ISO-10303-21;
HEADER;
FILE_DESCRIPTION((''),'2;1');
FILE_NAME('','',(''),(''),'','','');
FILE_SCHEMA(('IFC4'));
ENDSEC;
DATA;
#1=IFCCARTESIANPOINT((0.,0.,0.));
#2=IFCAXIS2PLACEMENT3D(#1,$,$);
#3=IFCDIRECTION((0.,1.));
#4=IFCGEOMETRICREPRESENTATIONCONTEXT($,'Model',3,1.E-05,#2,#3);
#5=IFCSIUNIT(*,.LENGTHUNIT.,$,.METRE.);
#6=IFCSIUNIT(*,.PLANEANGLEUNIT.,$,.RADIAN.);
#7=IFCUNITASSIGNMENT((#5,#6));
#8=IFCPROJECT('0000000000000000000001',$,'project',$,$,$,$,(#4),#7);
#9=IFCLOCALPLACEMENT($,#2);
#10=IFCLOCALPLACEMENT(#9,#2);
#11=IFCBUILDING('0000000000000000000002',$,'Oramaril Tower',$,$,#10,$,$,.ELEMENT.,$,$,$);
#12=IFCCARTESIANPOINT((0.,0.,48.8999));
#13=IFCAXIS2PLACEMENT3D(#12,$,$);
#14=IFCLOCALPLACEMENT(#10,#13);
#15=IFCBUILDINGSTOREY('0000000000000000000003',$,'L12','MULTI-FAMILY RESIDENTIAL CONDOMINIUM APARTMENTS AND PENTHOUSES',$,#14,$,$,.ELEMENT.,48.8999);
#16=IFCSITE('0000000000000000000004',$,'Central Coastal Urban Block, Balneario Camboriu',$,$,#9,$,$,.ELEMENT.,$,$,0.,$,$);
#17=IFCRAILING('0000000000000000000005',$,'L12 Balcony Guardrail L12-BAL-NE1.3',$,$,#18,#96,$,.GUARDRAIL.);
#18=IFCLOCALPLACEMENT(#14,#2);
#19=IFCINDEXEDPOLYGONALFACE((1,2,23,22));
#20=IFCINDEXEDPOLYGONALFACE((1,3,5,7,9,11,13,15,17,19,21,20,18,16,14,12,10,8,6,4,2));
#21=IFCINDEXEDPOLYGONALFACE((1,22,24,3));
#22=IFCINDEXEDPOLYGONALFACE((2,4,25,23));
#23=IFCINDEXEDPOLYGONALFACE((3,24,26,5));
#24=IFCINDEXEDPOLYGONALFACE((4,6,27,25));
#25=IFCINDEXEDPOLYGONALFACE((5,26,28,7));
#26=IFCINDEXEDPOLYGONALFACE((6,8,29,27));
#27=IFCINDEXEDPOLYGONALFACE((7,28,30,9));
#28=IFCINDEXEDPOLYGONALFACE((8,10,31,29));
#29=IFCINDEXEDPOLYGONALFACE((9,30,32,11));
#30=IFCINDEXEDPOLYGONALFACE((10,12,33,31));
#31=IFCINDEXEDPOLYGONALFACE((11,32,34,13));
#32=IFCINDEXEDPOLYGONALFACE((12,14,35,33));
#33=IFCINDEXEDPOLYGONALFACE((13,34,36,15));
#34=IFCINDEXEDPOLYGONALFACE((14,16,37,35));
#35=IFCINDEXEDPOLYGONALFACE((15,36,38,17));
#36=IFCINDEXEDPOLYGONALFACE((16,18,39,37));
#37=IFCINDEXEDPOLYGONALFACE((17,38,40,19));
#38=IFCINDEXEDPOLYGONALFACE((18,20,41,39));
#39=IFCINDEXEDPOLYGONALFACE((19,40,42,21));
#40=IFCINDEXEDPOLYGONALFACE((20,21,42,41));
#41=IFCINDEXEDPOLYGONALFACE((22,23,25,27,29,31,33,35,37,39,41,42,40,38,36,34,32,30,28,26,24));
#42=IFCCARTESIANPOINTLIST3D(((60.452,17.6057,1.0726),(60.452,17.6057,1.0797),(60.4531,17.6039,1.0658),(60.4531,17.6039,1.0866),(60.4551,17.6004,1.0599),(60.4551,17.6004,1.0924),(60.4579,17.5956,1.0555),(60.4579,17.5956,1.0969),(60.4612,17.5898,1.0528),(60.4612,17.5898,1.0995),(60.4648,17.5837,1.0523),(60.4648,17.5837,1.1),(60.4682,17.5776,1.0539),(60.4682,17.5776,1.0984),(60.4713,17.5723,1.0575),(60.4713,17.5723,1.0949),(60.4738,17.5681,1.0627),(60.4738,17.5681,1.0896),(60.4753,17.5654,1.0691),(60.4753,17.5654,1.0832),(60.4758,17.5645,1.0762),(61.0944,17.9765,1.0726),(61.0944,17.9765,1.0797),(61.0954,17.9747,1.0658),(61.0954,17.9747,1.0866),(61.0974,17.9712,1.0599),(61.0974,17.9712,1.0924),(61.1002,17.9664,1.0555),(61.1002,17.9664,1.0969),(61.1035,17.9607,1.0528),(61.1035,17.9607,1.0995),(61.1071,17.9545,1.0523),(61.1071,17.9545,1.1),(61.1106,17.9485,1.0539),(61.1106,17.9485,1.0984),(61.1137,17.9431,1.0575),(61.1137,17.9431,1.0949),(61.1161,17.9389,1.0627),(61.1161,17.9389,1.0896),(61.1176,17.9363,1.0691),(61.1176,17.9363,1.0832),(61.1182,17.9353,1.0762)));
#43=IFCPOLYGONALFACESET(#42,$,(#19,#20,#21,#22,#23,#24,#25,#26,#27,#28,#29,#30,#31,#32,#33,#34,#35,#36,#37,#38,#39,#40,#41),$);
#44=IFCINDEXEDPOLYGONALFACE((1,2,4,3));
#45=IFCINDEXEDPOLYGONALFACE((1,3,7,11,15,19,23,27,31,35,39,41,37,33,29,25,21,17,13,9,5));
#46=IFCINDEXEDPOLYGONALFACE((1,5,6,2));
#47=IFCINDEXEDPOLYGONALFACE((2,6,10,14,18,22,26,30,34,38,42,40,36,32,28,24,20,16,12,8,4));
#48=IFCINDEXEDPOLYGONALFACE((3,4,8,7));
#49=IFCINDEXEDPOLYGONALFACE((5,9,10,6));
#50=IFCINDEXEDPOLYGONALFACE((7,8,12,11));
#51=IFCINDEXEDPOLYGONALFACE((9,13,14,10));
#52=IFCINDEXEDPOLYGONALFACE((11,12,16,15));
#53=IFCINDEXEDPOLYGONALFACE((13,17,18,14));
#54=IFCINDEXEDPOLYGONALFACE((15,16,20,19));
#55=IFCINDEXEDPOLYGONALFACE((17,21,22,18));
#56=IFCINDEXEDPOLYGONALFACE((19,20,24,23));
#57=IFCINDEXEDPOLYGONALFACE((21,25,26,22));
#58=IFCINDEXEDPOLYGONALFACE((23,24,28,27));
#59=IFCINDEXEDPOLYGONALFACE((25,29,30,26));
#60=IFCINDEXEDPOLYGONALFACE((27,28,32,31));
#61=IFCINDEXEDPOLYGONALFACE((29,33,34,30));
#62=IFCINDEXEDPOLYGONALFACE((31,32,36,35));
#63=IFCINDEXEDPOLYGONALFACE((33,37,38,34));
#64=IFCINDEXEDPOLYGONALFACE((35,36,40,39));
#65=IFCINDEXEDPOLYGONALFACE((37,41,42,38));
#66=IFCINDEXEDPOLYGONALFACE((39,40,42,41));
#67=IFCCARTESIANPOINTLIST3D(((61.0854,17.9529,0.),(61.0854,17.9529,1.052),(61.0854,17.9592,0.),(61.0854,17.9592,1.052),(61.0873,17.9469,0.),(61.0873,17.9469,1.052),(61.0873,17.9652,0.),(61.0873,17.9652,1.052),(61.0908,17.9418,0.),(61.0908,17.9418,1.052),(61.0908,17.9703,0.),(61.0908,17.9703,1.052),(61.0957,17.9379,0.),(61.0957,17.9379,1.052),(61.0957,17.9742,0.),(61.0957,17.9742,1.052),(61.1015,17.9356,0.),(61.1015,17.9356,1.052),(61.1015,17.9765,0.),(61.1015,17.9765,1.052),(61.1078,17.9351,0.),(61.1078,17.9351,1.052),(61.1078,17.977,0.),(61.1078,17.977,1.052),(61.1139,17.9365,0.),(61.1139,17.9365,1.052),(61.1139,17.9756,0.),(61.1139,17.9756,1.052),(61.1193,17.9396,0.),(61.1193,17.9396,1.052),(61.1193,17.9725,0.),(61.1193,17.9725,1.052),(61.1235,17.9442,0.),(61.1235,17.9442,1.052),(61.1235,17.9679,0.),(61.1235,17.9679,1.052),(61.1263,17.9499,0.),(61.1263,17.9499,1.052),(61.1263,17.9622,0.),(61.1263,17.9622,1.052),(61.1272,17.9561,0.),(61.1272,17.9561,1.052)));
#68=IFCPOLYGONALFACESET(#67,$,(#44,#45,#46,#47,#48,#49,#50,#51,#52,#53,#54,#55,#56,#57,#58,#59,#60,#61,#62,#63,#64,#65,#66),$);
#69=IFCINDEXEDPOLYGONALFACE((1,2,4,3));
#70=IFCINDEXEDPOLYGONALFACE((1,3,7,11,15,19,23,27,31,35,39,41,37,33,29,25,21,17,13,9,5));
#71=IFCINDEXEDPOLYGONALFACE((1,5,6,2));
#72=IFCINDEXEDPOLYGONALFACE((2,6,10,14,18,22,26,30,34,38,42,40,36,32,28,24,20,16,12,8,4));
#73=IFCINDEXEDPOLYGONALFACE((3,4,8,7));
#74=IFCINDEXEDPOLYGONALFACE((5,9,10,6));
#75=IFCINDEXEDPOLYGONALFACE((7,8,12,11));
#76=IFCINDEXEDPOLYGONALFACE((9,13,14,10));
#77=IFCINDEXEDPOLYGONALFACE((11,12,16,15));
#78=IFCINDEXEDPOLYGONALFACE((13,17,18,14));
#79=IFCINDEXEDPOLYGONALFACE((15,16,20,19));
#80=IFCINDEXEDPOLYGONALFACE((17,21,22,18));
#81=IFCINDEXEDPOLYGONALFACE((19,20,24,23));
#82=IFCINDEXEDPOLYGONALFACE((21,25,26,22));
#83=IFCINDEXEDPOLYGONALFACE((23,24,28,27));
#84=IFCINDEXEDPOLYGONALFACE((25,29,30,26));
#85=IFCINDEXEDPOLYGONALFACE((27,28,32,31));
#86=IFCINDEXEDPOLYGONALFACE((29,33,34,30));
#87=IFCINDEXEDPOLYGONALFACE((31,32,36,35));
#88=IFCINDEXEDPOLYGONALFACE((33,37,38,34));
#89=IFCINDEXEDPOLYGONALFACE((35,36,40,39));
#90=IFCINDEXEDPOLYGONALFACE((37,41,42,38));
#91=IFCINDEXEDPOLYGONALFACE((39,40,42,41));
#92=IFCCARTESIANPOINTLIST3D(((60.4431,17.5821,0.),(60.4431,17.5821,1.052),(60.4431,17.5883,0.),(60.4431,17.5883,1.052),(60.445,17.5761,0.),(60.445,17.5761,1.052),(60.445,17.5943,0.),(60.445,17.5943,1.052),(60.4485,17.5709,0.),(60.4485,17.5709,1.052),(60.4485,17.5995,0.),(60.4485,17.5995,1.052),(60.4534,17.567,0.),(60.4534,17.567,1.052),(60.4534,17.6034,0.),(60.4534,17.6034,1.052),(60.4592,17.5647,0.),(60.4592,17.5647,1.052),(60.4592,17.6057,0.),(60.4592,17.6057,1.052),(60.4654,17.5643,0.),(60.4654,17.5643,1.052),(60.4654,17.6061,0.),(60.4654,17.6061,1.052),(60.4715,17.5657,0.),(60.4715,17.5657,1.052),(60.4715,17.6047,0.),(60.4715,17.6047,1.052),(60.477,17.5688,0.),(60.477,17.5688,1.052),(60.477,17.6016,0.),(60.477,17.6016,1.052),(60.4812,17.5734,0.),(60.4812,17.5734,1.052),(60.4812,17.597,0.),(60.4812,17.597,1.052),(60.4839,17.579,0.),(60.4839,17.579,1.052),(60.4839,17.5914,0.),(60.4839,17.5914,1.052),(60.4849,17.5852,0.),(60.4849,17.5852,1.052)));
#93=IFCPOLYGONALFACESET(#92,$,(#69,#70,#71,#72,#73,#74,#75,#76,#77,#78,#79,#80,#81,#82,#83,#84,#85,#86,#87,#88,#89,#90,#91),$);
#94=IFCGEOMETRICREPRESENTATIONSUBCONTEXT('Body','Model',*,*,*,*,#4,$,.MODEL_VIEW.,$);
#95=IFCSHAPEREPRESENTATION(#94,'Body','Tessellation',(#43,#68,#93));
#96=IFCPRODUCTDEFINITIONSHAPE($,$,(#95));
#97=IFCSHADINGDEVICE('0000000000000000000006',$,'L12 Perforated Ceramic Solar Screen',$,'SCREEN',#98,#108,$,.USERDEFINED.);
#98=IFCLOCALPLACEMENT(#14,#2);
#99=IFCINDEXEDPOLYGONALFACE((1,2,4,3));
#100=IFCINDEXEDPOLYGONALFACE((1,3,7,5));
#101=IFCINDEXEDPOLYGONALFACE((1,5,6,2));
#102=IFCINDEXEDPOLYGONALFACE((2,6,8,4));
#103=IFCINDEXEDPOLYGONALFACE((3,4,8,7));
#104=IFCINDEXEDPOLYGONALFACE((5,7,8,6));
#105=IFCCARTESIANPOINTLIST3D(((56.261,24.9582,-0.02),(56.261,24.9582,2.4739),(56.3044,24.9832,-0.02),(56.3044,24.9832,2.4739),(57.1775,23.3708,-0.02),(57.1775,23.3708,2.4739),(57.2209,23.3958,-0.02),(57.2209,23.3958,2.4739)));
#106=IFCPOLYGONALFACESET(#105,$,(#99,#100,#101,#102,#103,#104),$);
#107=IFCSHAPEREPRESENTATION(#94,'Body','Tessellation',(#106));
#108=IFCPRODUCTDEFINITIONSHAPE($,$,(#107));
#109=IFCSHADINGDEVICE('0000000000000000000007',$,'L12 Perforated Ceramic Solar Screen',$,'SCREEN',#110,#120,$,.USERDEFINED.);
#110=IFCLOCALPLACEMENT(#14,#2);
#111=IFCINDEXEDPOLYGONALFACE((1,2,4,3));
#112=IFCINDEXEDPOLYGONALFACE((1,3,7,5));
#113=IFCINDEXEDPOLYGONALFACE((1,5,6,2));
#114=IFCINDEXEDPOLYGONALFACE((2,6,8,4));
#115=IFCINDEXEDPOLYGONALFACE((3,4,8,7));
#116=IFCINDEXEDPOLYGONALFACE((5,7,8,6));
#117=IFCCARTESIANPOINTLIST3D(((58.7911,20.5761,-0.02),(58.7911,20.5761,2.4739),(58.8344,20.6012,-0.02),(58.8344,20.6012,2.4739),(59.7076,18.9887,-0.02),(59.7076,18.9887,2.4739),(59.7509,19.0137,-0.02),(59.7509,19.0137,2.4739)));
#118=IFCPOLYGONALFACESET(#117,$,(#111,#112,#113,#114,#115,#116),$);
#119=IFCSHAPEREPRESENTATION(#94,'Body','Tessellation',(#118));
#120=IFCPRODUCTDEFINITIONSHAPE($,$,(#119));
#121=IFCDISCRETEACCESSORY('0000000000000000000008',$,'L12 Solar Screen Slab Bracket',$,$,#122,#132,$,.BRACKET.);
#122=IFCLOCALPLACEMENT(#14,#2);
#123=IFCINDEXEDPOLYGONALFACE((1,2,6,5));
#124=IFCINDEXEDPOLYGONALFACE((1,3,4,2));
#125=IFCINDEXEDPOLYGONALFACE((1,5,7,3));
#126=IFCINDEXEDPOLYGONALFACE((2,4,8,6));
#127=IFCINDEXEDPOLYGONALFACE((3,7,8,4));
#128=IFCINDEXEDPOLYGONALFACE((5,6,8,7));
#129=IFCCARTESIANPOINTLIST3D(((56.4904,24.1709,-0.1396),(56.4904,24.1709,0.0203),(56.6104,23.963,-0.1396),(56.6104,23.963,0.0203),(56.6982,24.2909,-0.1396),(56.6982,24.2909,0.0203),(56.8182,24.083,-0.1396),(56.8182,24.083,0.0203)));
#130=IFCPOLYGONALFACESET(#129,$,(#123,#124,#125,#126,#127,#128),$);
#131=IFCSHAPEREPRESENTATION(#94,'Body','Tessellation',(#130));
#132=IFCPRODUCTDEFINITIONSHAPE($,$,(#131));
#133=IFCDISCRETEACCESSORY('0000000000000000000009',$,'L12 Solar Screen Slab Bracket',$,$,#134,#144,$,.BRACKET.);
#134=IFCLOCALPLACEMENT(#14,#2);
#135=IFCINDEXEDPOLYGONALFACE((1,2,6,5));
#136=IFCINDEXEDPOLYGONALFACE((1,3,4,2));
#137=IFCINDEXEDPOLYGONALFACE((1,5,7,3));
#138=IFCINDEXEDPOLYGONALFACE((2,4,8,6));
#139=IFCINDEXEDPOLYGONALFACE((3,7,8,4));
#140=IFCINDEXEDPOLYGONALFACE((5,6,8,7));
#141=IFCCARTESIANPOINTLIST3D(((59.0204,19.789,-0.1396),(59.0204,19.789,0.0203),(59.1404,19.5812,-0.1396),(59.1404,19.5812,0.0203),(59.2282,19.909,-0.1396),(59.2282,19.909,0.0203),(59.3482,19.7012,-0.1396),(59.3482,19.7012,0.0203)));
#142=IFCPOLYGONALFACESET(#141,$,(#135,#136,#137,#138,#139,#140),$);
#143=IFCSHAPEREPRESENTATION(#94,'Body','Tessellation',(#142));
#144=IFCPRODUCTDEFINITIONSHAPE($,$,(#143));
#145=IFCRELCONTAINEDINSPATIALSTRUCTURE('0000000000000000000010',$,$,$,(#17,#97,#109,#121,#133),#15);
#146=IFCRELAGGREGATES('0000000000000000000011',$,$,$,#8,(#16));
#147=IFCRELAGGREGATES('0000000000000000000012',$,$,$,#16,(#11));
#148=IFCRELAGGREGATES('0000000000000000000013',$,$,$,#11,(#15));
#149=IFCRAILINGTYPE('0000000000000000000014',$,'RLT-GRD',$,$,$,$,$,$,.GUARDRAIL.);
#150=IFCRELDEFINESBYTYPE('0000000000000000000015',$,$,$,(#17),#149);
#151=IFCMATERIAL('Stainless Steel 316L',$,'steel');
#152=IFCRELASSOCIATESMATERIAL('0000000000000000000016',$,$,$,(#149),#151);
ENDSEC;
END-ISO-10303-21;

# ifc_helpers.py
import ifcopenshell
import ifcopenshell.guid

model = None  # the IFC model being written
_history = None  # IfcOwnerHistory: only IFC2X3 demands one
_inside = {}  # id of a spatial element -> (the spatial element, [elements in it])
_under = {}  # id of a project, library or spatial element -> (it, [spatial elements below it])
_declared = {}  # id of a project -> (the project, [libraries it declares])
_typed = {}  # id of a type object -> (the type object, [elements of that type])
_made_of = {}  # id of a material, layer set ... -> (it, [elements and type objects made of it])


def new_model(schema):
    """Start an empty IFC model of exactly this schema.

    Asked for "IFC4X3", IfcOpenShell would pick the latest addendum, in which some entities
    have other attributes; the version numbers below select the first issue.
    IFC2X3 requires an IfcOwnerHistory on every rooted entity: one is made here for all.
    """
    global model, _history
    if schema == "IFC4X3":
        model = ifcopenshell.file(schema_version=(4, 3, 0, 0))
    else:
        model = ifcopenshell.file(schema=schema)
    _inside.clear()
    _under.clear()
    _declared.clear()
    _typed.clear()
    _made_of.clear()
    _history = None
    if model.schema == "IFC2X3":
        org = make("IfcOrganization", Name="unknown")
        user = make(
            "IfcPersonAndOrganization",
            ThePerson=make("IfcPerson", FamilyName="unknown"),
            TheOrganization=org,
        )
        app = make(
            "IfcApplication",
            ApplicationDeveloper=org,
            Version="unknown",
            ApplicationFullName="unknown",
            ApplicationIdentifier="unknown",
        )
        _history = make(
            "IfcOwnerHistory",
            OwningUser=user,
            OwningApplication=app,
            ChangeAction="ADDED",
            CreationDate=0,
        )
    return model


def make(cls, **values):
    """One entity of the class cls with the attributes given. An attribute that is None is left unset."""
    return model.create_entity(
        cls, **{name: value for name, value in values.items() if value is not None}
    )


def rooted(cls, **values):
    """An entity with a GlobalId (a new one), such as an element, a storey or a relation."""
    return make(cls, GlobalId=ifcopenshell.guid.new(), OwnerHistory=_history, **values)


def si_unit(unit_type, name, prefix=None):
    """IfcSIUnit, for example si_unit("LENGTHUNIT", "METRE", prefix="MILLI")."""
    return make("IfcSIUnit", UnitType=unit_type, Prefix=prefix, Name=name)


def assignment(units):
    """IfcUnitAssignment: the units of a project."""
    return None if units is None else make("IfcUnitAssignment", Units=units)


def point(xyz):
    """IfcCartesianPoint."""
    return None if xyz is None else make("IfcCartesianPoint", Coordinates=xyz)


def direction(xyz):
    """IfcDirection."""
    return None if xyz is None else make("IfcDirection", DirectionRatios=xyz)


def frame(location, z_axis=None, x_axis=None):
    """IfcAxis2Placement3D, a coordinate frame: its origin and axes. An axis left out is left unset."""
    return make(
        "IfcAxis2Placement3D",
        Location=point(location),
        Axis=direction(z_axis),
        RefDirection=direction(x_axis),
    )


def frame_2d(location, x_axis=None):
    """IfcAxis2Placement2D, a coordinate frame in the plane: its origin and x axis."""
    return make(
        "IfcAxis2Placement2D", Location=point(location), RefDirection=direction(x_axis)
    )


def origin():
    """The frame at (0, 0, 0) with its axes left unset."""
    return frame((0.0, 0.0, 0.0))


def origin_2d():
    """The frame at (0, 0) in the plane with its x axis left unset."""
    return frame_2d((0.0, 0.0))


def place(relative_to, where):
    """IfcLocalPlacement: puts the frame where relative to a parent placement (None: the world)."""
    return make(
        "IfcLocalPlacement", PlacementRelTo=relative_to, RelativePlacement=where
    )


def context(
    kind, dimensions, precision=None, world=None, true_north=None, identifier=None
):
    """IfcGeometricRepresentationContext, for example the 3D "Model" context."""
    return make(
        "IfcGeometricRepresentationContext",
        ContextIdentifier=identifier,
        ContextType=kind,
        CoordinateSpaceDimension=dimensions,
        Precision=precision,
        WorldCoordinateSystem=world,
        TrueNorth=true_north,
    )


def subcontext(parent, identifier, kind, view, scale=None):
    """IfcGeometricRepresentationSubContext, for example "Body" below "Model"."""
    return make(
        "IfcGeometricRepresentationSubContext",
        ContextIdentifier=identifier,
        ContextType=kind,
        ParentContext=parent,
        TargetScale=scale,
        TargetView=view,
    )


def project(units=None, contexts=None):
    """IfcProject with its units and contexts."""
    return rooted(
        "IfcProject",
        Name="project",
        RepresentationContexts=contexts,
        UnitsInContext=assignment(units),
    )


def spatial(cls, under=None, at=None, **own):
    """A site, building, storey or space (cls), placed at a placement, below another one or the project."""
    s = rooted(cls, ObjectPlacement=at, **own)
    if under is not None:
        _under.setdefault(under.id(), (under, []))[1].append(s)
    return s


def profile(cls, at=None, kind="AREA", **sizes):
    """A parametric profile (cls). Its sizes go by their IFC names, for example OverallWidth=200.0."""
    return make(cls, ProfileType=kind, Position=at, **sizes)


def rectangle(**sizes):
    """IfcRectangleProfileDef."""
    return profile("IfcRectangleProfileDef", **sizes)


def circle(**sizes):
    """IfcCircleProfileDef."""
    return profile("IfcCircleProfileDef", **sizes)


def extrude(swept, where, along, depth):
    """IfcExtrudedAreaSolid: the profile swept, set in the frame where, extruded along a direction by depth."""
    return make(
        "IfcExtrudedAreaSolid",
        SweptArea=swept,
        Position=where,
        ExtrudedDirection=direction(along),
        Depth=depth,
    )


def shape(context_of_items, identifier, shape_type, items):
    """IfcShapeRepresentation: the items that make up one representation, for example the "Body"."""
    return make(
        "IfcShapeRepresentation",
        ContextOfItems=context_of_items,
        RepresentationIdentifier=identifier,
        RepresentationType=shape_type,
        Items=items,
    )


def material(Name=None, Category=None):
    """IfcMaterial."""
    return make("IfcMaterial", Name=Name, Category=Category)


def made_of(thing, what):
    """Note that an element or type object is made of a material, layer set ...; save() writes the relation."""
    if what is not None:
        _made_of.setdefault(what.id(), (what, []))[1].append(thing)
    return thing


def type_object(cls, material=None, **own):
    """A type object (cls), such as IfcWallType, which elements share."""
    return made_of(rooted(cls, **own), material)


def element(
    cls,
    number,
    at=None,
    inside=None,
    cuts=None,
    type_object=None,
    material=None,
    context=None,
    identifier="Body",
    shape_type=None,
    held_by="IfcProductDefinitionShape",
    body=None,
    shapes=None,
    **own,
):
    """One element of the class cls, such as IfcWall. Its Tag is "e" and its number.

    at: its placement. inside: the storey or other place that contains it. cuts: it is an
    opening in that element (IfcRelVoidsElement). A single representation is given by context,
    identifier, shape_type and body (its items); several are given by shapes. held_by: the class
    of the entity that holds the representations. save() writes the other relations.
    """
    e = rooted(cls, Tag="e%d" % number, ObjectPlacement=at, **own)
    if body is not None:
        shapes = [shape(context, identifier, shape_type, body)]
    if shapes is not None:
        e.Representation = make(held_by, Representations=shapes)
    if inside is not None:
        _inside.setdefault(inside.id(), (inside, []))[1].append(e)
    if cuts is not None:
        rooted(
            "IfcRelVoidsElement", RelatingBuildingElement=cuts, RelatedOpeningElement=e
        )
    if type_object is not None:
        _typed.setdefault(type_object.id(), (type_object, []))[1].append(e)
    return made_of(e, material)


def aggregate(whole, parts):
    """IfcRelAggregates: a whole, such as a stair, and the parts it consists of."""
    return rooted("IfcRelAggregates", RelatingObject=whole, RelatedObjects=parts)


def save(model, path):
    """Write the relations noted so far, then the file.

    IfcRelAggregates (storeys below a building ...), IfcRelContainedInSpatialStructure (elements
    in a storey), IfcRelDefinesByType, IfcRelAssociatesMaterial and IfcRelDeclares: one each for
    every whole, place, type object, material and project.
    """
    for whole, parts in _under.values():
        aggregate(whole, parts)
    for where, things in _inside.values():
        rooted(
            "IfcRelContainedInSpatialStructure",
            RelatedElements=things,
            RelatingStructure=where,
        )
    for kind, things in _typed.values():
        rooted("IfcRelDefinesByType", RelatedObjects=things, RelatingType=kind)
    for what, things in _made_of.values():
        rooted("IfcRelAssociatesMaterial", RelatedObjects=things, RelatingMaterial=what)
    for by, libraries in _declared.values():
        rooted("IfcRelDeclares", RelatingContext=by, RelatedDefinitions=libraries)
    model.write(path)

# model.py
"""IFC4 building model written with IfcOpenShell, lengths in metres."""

from ifc_helpers import new_model, si_unit, direction, frame, origin, origin_2d, place, context, subcontext, project, spatial, rectangle, circle, extrude, material, type_object, element, save


model = new_model("IFC4")

# Units and contexts
model_context = context("Model", 3, precision=1e-05, world=origin(), true_north=direction((0.0, 1.0)))
body_context = subcontext(model_context, "Body", "Model", "MODEL_VIEW")
ifc_project = project(units=[si_unit("LENGTHUNIT", "METRE"), si_unit("PLANEANGLEUNIT", "RADIAN")], contexts=[model_context])

# Site, building, storey
site_placement = place(None, origin())
site = spatial("IfcSite", under=ifc_project, at=site_placement, Name="Central Coastal Urban Block, Balneario Camboriu", CompositionType="ELEMENT", RefElevation=0.0)
building_placement = place(site_placement, origin())
building = spatial("IfcBuilding", under=site, at=building_placement, Name="Oramaril Tower", CompositionType="ELEMENT")
storey_placement = place(building_placement, frame((0.0, 0.0, 48.8999)))
storey = spatial("IfcBuildingStorey", under=building, at=storey_placement, Name="L12", Description="MULTI-FAMILY RESIDENTIAL CONDOMINIUM APARTMENTS AND PENTHOUSES", CompositionType="ELEMENT", Elevation=48.8999)

# Railing
ifc_material_1 = material(Name="Stainless Steel 316L", Category="steel")
railing_type = type_object("IfcRailingType", Name="RLT-GRD", PredefinedType="GUARDRAIL", material=ifc_material_1)
railing_1_placement = place(storey_placement, frame((61.1062, 17.9561, 0.0)))
element("IfcRailing", 1, at=railing_1_placement, inside=storey, type_object=railing_type, Name="L12 Balcony Guardrail L12-BAL-NE1.3", PredefinedType="GUARDRAIL", context=body_context, shape_type="SweptSolid", body=[
    extrude(circle(Radius=0.0239, at=origin_2d()), frame((0.0, 0.0, 1.0762), z_axis=(-0.866027, -0.499998, 0.0), x_axis=(0.499998, -0.866027, 0.0)), (0.0, 0.0, 1.0), 0.7417),
    extrude(circle(Radius=0.021, at=origin_2d()), origin(), (0.0, 0.0, 1.0), 1.052),
    extrude(circle(Radius=0.021, at=origin_2d()), frame((-0.6423, -0.3708, 0.0)), (0.0, 0.0, 1.0), 1.052),
])

# Shading devices
for number, where, z_axis, x_axis, name in (
    (2, (56.741, 24.177, -0.02), (0.0, 0.0, 1.0), (-0.499997, 0.866027, 0.0), "L12 Perforated Ceramic Solar Screen"),
    (3, (59.271, 19.7949, -0.02), (0.0, 0.0, 1.0), (-0.499997, 0.866027, 0.0), "L12 Perforated Ceramic Solar Screen"),
):
    element("IfcShadingDevice", number, at=place(storey_placement, frame(where, z_axis=z_axis, x_axis=x_axis)), inside=storey, Name=name, ObjectType="SCREEN", PredefinedType="USERDEFINED", context=body_context, shape_type="SweptSolid", body=[
        extrude(rectangle(XDim=1.833, YDim=0.05, at=origin_2d()), origin(), (0.0, 0.0, 1.0), 2.4939),
    ])

# Discrete accessories
for number, where, z_axis, x_axis, name in (
    (4, (56.6543, 24.127, -0.1396), (0.0, 0.0, 1.0), (-0.499997, 0.866027, 0.0), "L12 Solar Screen Slab Bracket"),
    (5, (59.1843, 19.7451, -0.1396), (0.0, 0.0, 1.0), (-0.499997, 0.866027, 0.0), "L12 Solar Screen Slab Bracket"),
):
    element("IfcDiscreteAccessory", number, at=place(storey_placement, frame(where, z_axis=z_axis, x_axis=x_axis)), inside=storey, Name=name, PredefinedType="BRACKET", context=body_context, shape_type="SweptSolid", body=[
        extrude(rectangle(XDim=0.24, YDim=0.24, at=origin_2d()), origin(), (0.0, 0.0, 1.0), 0.1599),
    ])

save(model, "model.ifc")
